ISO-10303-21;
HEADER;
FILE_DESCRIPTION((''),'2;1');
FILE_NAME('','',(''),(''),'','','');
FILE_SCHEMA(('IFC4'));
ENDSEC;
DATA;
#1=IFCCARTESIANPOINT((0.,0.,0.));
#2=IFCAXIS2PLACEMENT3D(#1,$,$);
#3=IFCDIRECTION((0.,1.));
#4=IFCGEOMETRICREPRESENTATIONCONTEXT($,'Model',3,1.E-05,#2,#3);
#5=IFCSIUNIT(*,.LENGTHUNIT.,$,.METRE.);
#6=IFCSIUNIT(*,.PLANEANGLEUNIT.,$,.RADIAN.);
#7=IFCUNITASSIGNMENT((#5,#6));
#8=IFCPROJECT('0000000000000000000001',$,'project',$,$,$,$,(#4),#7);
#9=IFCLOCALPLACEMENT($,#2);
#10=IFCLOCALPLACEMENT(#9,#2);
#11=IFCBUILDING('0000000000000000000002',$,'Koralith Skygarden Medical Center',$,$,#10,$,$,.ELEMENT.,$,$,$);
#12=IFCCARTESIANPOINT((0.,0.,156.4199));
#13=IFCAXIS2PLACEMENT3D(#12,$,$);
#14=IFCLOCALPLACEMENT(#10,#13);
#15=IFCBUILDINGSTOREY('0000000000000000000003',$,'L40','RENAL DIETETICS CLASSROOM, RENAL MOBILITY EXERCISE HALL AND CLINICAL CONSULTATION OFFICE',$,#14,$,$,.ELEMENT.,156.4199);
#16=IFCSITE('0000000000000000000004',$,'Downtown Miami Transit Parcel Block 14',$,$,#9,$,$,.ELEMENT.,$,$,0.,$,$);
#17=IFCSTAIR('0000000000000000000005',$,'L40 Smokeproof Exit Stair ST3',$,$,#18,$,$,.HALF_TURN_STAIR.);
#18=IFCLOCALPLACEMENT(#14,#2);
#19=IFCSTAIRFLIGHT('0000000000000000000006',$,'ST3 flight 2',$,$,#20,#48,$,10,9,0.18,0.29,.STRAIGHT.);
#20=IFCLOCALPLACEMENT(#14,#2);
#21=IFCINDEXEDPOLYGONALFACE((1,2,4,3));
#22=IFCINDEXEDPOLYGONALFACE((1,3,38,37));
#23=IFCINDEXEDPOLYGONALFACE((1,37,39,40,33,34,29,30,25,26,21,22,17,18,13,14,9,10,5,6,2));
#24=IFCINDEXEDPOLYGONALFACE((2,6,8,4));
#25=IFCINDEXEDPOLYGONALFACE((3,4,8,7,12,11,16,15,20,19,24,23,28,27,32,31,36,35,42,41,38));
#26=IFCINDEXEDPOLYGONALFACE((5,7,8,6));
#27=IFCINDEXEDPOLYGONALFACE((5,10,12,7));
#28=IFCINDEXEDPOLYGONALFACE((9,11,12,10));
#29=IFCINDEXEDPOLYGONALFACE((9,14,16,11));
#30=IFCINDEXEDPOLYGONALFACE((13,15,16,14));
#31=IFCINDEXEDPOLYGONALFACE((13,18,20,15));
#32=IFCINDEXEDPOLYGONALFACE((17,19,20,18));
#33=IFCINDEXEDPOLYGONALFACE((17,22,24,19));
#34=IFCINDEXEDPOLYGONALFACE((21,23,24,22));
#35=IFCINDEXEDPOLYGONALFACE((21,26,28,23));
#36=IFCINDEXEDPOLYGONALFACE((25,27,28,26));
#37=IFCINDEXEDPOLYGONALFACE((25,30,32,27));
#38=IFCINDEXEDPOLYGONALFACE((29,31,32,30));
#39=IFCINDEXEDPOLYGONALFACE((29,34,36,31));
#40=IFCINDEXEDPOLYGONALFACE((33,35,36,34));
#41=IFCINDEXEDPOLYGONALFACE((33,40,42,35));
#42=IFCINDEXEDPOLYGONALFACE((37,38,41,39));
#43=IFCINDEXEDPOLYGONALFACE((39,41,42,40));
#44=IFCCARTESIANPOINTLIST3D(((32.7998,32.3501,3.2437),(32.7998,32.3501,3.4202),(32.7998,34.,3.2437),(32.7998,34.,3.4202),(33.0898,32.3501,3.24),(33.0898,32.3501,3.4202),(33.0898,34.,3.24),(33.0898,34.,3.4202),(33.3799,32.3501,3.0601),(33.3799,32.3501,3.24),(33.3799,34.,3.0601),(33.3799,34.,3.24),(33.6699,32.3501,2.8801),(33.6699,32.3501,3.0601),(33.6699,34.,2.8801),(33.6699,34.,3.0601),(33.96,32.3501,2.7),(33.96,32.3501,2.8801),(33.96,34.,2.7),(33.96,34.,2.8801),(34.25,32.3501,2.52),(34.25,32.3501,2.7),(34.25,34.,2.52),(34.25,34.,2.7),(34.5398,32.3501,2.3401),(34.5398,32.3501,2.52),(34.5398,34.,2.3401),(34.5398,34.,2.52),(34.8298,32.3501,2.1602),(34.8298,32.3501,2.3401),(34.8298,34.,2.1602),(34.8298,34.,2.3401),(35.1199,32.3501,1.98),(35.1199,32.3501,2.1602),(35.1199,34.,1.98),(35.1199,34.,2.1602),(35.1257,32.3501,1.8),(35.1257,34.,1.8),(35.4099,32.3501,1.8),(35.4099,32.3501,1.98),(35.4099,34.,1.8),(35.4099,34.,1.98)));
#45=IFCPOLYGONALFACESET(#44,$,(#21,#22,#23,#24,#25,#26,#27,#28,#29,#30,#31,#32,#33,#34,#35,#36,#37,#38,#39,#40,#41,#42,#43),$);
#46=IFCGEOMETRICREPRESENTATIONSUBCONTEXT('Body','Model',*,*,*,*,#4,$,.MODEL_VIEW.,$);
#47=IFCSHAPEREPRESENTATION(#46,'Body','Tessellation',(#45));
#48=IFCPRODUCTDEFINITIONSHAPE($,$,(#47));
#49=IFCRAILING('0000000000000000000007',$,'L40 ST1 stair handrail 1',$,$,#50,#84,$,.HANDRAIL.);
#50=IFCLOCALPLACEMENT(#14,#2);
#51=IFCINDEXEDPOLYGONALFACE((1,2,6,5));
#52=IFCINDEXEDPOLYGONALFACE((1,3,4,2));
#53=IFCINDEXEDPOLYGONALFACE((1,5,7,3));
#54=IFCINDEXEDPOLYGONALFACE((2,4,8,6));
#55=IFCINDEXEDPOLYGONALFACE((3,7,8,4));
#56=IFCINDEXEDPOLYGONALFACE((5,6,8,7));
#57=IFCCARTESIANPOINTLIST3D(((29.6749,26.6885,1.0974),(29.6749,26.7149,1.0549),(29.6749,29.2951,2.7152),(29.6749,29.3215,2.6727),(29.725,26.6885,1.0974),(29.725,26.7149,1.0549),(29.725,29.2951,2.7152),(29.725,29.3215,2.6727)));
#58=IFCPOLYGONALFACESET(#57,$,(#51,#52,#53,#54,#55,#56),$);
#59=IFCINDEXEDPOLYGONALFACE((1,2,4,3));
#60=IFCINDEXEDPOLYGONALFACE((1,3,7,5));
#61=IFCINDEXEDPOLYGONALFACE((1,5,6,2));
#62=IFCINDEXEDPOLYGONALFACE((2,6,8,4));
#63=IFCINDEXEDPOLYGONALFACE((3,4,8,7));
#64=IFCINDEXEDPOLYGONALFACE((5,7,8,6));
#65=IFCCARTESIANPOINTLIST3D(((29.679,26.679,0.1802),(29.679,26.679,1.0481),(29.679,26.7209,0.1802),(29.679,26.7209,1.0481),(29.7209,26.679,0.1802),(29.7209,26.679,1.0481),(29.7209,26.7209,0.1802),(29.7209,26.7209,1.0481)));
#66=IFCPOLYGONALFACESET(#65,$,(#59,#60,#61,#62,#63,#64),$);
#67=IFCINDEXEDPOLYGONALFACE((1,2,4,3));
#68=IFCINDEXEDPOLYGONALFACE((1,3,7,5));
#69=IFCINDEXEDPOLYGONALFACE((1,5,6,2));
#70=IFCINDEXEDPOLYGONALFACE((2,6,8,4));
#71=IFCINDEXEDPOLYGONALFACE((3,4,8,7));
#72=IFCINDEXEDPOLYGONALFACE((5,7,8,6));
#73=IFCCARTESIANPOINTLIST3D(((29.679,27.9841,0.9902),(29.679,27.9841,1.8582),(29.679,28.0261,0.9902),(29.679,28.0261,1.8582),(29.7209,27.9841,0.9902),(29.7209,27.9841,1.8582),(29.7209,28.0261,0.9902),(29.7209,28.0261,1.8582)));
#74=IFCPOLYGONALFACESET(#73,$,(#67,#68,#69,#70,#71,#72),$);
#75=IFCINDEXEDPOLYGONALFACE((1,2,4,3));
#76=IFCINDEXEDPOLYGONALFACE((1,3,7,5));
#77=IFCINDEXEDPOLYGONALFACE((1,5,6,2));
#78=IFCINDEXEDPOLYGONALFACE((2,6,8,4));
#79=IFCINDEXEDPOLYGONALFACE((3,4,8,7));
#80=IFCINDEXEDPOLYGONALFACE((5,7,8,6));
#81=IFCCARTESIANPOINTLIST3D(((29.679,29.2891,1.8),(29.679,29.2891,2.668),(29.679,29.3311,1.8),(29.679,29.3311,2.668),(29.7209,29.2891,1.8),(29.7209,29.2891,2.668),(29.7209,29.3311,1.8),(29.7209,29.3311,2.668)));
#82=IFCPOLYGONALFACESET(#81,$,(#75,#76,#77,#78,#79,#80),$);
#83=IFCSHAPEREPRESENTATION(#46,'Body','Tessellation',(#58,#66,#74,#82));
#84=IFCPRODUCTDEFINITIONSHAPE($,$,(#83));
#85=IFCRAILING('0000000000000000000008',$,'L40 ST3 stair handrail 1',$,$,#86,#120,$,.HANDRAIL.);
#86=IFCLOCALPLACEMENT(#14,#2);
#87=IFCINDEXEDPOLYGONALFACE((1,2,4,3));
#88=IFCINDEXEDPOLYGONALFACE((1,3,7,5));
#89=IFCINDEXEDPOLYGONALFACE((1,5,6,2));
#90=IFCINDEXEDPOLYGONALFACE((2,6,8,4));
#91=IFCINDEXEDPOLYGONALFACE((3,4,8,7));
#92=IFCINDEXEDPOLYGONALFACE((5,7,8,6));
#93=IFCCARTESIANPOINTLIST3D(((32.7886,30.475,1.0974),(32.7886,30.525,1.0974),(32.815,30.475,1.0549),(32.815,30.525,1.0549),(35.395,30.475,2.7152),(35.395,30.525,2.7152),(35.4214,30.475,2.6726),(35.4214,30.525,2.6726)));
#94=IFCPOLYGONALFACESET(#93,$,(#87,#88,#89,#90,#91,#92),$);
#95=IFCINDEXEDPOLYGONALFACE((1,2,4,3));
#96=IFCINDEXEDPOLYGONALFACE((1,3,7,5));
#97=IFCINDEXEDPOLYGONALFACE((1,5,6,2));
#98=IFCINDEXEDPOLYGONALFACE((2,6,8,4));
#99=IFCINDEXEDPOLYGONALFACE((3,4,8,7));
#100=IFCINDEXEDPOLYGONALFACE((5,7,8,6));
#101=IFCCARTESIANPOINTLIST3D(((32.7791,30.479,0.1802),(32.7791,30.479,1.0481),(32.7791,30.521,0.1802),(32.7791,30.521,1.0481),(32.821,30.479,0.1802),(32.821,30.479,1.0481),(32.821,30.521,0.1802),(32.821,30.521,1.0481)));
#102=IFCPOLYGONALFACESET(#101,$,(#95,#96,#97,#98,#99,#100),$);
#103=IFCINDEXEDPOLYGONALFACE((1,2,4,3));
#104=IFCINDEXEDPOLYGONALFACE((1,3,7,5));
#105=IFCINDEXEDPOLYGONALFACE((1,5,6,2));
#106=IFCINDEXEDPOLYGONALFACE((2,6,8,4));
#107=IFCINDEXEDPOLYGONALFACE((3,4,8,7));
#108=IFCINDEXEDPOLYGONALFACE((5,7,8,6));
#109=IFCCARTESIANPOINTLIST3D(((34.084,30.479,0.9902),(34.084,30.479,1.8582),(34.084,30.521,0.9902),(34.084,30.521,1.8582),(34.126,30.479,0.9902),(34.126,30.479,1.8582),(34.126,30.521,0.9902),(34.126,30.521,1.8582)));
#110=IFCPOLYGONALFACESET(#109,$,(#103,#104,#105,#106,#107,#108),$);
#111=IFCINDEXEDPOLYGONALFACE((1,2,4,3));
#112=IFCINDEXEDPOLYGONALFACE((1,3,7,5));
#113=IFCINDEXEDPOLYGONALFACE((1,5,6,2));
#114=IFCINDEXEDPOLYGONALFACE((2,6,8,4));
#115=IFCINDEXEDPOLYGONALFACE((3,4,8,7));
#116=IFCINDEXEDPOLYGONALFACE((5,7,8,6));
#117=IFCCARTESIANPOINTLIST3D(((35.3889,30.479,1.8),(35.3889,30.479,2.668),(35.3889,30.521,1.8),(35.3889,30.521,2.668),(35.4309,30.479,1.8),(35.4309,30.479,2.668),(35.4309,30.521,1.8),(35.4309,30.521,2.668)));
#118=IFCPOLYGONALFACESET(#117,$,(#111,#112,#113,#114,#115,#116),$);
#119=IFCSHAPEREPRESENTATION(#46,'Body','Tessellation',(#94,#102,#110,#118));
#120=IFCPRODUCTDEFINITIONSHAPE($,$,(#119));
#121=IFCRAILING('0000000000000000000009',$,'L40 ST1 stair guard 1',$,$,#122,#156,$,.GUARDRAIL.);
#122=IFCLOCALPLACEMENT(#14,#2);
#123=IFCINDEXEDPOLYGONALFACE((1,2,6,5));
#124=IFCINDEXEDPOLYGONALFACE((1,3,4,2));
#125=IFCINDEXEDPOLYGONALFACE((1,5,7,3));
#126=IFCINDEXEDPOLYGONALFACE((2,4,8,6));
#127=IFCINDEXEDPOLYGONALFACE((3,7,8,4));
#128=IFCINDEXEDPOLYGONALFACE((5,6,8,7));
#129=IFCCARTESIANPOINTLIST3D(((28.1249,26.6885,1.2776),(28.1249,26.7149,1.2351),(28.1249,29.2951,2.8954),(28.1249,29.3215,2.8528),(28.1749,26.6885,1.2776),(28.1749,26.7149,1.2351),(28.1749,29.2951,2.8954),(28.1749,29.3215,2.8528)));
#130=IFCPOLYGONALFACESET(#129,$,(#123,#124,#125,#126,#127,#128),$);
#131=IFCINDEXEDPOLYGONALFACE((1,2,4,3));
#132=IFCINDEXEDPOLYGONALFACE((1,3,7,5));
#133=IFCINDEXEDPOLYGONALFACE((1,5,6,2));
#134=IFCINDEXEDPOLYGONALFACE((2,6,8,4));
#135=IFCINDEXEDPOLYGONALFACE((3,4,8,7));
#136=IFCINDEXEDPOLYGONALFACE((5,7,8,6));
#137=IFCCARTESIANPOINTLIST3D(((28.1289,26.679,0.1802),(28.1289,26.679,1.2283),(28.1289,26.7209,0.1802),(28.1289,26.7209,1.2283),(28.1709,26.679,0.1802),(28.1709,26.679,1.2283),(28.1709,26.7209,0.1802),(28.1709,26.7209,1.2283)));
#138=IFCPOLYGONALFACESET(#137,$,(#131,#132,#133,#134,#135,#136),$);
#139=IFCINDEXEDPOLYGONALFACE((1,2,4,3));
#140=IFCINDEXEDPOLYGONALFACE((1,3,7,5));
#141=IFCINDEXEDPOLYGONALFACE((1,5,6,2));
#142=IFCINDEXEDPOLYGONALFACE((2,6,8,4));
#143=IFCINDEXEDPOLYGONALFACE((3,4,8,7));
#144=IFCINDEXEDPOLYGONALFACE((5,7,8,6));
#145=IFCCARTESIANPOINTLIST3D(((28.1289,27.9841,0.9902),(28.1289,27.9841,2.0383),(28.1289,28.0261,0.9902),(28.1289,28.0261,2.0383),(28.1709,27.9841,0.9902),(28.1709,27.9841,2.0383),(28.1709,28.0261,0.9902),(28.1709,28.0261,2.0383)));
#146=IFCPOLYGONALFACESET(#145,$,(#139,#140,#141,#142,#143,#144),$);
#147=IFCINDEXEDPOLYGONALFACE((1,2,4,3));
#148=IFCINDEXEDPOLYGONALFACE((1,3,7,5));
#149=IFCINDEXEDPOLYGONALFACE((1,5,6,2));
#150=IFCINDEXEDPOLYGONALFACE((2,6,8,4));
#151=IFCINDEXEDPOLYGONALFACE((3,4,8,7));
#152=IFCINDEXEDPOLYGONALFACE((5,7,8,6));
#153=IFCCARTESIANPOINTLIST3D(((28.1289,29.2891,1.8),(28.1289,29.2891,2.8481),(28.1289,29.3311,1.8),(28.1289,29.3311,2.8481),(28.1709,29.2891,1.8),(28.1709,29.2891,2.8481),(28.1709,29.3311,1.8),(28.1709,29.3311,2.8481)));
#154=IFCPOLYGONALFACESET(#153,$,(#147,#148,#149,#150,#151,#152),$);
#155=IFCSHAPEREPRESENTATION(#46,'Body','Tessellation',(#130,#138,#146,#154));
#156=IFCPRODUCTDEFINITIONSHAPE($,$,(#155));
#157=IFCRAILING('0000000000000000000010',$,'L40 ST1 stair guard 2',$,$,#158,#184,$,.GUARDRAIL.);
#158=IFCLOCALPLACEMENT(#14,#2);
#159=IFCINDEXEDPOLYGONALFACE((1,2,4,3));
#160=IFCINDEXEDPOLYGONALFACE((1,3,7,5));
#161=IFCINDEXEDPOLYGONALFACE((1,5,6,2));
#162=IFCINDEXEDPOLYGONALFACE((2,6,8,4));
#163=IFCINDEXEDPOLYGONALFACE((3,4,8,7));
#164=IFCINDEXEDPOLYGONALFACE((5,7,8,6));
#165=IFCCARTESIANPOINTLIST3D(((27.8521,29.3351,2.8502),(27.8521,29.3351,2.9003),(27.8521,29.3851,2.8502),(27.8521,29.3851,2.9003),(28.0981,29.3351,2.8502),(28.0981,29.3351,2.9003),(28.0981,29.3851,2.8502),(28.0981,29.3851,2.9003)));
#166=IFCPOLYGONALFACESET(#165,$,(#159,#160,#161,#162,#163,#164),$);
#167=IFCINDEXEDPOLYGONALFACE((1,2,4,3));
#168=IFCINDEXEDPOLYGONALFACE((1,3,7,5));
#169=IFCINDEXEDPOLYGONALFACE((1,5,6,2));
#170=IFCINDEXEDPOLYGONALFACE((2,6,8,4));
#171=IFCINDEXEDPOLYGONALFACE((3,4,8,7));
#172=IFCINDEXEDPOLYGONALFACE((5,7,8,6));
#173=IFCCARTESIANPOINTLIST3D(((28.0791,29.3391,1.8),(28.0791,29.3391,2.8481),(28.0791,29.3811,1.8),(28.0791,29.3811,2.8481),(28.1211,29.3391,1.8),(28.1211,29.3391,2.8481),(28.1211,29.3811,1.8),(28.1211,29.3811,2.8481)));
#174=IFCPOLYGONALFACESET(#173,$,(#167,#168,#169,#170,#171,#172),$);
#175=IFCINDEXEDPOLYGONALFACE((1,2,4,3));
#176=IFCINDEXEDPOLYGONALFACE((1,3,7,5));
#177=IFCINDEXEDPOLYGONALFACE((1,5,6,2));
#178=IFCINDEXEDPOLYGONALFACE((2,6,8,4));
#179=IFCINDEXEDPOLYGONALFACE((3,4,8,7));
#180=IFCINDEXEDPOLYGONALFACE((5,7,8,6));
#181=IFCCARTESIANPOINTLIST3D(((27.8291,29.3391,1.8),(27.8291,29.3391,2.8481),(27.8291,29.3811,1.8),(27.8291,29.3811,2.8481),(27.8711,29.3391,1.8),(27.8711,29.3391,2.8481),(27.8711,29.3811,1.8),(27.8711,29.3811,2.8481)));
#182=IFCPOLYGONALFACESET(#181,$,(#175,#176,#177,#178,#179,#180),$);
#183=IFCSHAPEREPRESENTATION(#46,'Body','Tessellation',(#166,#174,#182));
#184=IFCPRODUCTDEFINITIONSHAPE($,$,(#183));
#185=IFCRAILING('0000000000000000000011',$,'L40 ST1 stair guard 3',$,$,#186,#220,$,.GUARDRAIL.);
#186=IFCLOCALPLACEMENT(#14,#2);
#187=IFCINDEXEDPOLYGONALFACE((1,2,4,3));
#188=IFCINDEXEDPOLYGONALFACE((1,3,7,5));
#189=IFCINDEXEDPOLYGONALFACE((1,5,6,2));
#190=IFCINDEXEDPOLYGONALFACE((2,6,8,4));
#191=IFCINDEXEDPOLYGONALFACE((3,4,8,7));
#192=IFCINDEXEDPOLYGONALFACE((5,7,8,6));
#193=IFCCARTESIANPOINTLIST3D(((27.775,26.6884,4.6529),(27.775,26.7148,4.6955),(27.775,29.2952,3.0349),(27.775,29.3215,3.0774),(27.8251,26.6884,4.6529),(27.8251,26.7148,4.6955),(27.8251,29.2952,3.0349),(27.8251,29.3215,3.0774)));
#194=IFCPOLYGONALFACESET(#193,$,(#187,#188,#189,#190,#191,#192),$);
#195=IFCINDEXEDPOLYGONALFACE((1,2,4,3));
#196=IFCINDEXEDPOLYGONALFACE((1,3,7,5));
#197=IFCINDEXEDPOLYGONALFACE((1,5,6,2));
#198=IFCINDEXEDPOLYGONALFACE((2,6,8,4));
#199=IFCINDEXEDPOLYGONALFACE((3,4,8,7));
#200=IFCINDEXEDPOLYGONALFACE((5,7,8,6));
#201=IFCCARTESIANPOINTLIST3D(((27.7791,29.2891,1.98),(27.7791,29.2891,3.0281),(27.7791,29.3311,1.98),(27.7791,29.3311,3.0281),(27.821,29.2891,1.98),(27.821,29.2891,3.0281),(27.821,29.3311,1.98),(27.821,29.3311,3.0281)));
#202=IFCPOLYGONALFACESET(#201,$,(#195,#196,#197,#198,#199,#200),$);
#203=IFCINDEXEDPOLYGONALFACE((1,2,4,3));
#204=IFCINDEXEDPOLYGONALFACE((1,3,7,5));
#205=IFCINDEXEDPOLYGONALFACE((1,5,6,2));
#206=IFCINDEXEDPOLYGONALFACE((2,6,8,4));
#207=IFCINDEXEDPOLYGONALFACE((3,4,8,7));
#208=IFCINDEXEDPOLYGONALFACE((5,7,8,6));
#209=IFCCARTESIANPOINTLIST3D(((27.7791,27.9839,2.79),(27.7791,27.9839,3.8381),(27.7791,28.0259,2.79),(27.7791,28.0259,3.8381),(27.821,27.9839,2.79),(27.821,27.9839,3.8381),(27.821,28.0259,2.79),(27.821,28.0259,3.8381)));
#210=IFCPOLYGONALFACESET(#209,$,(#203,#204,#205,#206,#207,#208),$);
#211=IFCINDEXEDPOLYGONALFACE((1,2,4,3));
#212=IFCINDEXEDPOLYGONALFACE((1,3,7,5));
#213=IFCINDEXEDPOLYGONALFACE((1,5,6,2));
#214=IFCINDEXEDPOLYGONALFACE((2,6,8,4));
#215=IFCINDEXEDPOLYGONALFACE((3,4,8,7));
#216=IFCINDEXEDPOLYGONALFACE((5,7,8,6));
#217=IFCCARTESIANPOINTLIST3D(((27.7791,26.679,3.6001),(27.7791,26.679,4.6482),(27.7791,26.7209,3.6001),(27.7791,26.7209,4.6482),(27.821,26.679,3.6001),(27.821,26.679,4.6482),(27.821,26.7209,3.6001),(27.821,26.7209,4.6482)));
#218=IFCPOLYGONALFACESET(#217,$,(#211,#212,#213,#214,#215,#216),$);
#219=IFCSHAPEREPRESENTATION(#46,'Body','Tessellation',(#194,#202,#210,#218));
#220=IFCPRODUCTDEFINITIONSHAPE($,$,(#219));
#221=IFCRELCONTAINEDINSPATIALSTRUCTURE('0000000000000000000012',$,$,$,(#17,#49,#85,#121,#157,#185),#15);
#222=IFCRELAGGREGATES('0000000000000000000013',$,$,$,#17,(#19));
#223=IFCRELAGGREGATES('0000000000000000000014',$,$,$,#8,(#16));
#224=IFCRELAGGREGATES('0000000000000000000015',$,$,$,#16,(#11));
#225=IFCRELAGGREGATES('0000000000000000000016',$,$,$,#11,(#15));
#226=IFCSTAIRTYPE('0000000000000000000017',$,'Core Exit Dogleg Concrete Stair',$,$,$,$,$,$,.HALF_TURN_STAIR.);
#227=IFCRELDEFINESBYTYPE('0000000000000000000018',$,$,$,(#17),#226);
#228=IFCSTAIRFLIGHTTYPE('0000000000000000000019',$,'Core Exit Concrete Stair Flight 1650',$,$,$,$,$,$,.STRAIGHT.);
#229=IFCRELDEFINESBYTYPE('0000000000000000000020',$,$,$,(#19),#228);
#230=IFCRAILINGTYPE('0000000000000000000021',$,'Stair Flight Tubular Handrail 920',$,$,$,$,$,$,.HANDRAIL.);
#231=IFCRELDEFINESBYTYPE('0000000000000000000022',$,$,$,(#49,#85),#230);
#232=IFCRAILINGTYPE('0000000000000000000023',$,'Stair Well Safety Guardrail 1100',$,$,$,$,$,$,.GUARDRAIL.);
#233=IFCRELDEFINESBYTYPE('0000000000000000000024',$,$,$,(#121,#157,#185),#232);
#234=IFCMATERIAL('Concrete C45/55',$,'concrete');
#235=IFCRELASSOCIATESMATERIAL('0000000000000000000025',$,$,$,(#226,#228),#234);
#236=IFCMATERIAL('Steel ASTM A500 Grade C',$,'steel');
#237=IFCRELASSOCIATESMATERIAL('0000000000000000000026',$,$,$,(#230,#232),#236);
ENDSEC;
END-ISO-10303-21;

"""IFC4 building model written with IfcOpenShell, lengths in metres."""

from ifc_helpers import new_model, si_unit, direction, frame, origin, origin_2d, place, context, subcontext, project, spatial, polyline, rectangle, outline, extrude, material, type_object, element, aggregate, save


model = new_model("IFC4")

# Units and contexts
model_context = context("Model", 3, precision=1e-05, world=origin(), true_north=direction((0.0, 1.0)))
body_context = subcontext(model_context, "Body", "Model", "MODEL_VIEW")
ifc_project = project(units=[si_unit("LENGTHUNIT", "METRE"), si_unit("PLANEANGLEUNIT", "RADIAN")], contexts=[model_context])

# Site, building, storey
site_placement = place(None, origin())
site = spatial("IfcSite", under=ifc_project, at=site_placement, Name="Downtown Miami Transit Parcel Block 14", CompositionType="ELEMENT", RefElevation=0.0)
building_placement = place(site_placement, origin())
building = spatial("IfcBuilding", under=site, at=building_placement, Name="Koralith Skygarden Medical Center", CompositionType="ELEMENT")
storey_placement = place(building_placement, frame((0.0, 0.0, 156.4199)))
storey = spatial("IfcBuildingStorey", under=building, at=storey_placement, Name="L40", Description="RENAL DIETETICS CLASSROOM, RENAL MOBILITY EXERCISE HALL AND CLINICAL CONSULTATION OFFICE", CompositionType="ELEMENT", Elevation=156.4199)

# Shared definitions
ifc_material_1 = material(Name="Concrete C45/55", Category="concrete")

# Shared definitions
stair_type = type_object("IfcStairType", Name="Core Exit Dogleg Concrete Stair", PredefinedType="HALF_TURN_STAIR", material=ifc_material_1)
stair_flight_type = type_object("IfcStairFlightType", Name="Core Exit Concrete Stair Flight 1650", PredefinedType="STRAIGHT", material=ifc_material_1)

# Stair, stair flight
stair_1_placement = place(storey_placement, origin())
stair_1 = element("IfcStair", 1, at=stair_1_placement, inside=storey, type_object=stair_type, Name="L40 Smokeproof Exit Stair ST3", PredefinedType="HALF_TURN_STAIR")
stair_flight_1_placement = place(storey_placement, frame((35.4099, 33.175, 1.8), z_axis=(0.0, 0.0, 1.0), x_axis=(-1.0, 0.0, 0.0)))
stair_flight_1 = element("IfcStairFlight", 2, at=stair_flight_1_placement, type_object=stair_flight_type, Name="ST3 flight 2", NumberOfRisers=10, NumberOfTreads=9, PredefinedType="STRAIGHT", RiserHeight=0.18, TreadLength=0.29, context=body_context, shape_type="SweptSolid", body=[
    extrude(outline(polyline([(0.0, 0.0), (0.0, 0.1799), (0.29, 0.1799), (0.29, 0.3601), (0.5801, 0.3601), (0.5801, 0.54), (0.8701, 0.54), (0.8701, 0.72), (1.1599, 0.72), (1.1599, 0.8999), (1.45, 0.8999), (1.45, 1.0801), (1.74, 1.0801), (1.74, 1.26), (2.03, 1.26), (2.03, 1.4399), (2.3201, 1.4399), (2.3201, 1.6201), (2.6101, 1.6201), (2.6101, 1.8), (2.6101, 1.4436), (0.2842, 0.0), (0.0, 0.0)])), frame((0.0, 0.825, 0.0), z_axis=(0.0, -1.0, 0.0), x_axis=(1.0, 0.0, 0.0)), (0.0, 0.0, 1.0), 1.6499),
])
aggregate(stair_1, [stair_flight_1])

# Railings
ifc_material_2 = material(Name="Steel ASTM A500 Grade C", Category="steel")
railing_type_1 = type_object("IfcRailingType", Name="Stair Flight Tubular Handrail 920", PredefinedType="HANDRAIL", material=ifc_material_2)
railing_1_placement = place(storey_placement, frame((29.7, 26.7, 0.1802)))
element("IfcRailing", 3, at=railing_1_placement, inside=storey, type_object=railing_type_1, Name="L40 ST1 stair handrail 1", PredefinedType="HANDRAIL", context=body_context, shape_type="SweptSolid", body=[
    extrude(rectangle(XDim=0.05, YDim=0.05, at=origin_2d()), frame((0.0, 0.0017, 0.896), z_axis=(0.0, 0.849668, 0.527317), x_axis=(-1.0, 0.0, 0.0)), (0.0, 0.0, 1.0), 3.0679),
    extrude(rectangle(XDim=0.042, YDim=0.042, at=origin_2d()), origin(), (0.0, 0.0, 1.0), 0.8679),
    extrude(rectangle(XDim=0.042, YDim=0.042, at=origin_2d()), frame((0.0, 1.3052, 0.8101)), (0.0, 0.0, 1.0), 0.8679),
    extrude(rectangle(XDim=0.042, YDim=0.042, at=origin_2d()), frame((0.0, 2.6101, 1.6199)), (0.0, 0.0, 1.0), 0.8679),
])
railing_2_placement = place(storey_placement, frame((32.8, 30.5, 0.1802)))
element("IfcRailing", 4, at=railing_2_placement, inside=storey, type_object=railing_type_1, Name="L40 ST3 stair handrail 1", PredefinedType="HANDRAIL", context=body_context, shape_type="SweptSolid", body=[
    extrude(rectangle(XDim=0.05, YDim=0.05, at=origin_2d()), frame((0.0017, 0.0, 0.896), z_axis=(0.849646, 0.0, 0.527353), x_axis=(0.0, 1.0, 0.0)), (0.0, 0.0, 1.0), 3.0676),
    extrude(rectangle(XDim=0.042, YDim=0.042, at=origin_2d()), origin(), (0.0, 0.0, 1.0), 0.8679),
    extrude(rectangle(XDim=0.042, YDim=0.042, at=origin_2d()), frame((1.3049, 0.0, 0.8101)), (0.0, 0.0, 1.0), 0.8679),
    extrude(rectangle(XDim=0.042, YDim=0.042, at=origin_2d()), frame((2.6099, 0.0, 1.6199)), (0.0, 0.0, 1.0), 0.8679),
])
railing_type_2 = type_object("IfcRailingType", Name="Stair Well Safety Guardrail 1100", PredefinedType="GUARDRAIL", material=ifc_material_2)
railing_3_placement = place(storey_placement, frame((28.1499, 26.7, 0.1802)))
element("IfcRailing", 5, at=railing_3_placement, inside=storey, type_object=railing_type_2, Name="L40 ST1 stair guard 1", PredefinedType="GUARDRAIL", context=body_context, shape_type="SweptSolid", body=[
    extrude(rectangle(XDim=0.05, YDim=0.05, at=origin_2d()), frame((0.0, 0.0017, 1.0762), z_axis=(0.0, 0.849668, 0.527317), x_axis=(-1.0, 0.0, 0.0)), (0.0, 0.0, 1.0), 3.0679),
    extrude(rectangle(XDim=0.042, YDim=0.042, at=origin_2d()), origin(), (0.0, 0.0, 1.0), 1.0481),
    extrude(rectangle(XDim=0.042, YDim=0.042, at=origin_2d()), frame((0.0, 1.3052, 0.8101)), (0.0, 0.0, 1.0), 1.0481),
    extrude(rectangle(XDim=0.042, YDim=0.042, at=origin_2d()), frame((0.0, 2.6101, 1.6199)), (0.0, 0.0, 1.0), 1.0481),
])
railing_4_placement = place(storey_placement, frame((28.1001, 29.3601, 1.8)))
element("IfcRailing", 6, at=railing_4_placement, inside=storey, type_object=railing_type_2, Name="L40 ST1 stair guard 2", PredefinedType="GUARDRAIL", context=body_context, shape_type="SweptSolid", body=[
    extrude(rectangle(XDim=0.05, YDim=0.05, at=origin_2d()), frame((-0.002, 0.0, 1.0752), z_axis=(-1.0, 0.0, 0.0), x_axis=(0.0, -1.0, 0.0)), (0.0, 0.0, 1.0), 0.2461),
    extrude(rectangle(XDim=0.042, YDim=0.042, at=origin_2d()), origin(), (0.0, 0.0, 1.0), 1.0481),
    extrude(rectangle(XDim=0.042, YDim=0.042, at=origin_2d()), frame((-0.25, 0.0, 0.0)), (0.0, 0.0, 1.0), 1.0481),
])
railing_5_placement = place(storey_placement, frame((27.8, 29.3101, 1.98)))
element("IfcRailing", 7, at=railing_5_placement, inside=storey, type_object=railing_type_2, Name="L40 ST1 stair guard 3", PredefinedType="GUARDRAIL", context=body_context, shape_type="SweptSolid", body=[
    extrude(rectangle(XDim=0.05, YDim=0.05, at=origin_2d()), frame((0.0, -0.0017, 1.0762), z_axis=(0.0, -0.849633, 0.527375), x_axis=(1.0, 0.0, 0.0)), (0.0, 0.0, 1.0), 3.0681),
    extrude(rectangle(XDim=0.042, YDim=0.042, at=origin_2d()), origin(), (0.0, 0.0, 1.0), 1.0481),
    extrude(rectangle(XDim=0.042, YDim=0.042, at=origin_2d()), frame((0.0, -1.3052, 0.8101)), (0.0, 0.0, 1.0), 1.0481),
    extrude(rectangle(XDim=0.042, YDim=0.042, at=origin_2d()), frame((0.0, -2.6101, 1.6201)), (0.0, 0.0, 1.0), 1.0481),
])

save(model, "model.ifc")
